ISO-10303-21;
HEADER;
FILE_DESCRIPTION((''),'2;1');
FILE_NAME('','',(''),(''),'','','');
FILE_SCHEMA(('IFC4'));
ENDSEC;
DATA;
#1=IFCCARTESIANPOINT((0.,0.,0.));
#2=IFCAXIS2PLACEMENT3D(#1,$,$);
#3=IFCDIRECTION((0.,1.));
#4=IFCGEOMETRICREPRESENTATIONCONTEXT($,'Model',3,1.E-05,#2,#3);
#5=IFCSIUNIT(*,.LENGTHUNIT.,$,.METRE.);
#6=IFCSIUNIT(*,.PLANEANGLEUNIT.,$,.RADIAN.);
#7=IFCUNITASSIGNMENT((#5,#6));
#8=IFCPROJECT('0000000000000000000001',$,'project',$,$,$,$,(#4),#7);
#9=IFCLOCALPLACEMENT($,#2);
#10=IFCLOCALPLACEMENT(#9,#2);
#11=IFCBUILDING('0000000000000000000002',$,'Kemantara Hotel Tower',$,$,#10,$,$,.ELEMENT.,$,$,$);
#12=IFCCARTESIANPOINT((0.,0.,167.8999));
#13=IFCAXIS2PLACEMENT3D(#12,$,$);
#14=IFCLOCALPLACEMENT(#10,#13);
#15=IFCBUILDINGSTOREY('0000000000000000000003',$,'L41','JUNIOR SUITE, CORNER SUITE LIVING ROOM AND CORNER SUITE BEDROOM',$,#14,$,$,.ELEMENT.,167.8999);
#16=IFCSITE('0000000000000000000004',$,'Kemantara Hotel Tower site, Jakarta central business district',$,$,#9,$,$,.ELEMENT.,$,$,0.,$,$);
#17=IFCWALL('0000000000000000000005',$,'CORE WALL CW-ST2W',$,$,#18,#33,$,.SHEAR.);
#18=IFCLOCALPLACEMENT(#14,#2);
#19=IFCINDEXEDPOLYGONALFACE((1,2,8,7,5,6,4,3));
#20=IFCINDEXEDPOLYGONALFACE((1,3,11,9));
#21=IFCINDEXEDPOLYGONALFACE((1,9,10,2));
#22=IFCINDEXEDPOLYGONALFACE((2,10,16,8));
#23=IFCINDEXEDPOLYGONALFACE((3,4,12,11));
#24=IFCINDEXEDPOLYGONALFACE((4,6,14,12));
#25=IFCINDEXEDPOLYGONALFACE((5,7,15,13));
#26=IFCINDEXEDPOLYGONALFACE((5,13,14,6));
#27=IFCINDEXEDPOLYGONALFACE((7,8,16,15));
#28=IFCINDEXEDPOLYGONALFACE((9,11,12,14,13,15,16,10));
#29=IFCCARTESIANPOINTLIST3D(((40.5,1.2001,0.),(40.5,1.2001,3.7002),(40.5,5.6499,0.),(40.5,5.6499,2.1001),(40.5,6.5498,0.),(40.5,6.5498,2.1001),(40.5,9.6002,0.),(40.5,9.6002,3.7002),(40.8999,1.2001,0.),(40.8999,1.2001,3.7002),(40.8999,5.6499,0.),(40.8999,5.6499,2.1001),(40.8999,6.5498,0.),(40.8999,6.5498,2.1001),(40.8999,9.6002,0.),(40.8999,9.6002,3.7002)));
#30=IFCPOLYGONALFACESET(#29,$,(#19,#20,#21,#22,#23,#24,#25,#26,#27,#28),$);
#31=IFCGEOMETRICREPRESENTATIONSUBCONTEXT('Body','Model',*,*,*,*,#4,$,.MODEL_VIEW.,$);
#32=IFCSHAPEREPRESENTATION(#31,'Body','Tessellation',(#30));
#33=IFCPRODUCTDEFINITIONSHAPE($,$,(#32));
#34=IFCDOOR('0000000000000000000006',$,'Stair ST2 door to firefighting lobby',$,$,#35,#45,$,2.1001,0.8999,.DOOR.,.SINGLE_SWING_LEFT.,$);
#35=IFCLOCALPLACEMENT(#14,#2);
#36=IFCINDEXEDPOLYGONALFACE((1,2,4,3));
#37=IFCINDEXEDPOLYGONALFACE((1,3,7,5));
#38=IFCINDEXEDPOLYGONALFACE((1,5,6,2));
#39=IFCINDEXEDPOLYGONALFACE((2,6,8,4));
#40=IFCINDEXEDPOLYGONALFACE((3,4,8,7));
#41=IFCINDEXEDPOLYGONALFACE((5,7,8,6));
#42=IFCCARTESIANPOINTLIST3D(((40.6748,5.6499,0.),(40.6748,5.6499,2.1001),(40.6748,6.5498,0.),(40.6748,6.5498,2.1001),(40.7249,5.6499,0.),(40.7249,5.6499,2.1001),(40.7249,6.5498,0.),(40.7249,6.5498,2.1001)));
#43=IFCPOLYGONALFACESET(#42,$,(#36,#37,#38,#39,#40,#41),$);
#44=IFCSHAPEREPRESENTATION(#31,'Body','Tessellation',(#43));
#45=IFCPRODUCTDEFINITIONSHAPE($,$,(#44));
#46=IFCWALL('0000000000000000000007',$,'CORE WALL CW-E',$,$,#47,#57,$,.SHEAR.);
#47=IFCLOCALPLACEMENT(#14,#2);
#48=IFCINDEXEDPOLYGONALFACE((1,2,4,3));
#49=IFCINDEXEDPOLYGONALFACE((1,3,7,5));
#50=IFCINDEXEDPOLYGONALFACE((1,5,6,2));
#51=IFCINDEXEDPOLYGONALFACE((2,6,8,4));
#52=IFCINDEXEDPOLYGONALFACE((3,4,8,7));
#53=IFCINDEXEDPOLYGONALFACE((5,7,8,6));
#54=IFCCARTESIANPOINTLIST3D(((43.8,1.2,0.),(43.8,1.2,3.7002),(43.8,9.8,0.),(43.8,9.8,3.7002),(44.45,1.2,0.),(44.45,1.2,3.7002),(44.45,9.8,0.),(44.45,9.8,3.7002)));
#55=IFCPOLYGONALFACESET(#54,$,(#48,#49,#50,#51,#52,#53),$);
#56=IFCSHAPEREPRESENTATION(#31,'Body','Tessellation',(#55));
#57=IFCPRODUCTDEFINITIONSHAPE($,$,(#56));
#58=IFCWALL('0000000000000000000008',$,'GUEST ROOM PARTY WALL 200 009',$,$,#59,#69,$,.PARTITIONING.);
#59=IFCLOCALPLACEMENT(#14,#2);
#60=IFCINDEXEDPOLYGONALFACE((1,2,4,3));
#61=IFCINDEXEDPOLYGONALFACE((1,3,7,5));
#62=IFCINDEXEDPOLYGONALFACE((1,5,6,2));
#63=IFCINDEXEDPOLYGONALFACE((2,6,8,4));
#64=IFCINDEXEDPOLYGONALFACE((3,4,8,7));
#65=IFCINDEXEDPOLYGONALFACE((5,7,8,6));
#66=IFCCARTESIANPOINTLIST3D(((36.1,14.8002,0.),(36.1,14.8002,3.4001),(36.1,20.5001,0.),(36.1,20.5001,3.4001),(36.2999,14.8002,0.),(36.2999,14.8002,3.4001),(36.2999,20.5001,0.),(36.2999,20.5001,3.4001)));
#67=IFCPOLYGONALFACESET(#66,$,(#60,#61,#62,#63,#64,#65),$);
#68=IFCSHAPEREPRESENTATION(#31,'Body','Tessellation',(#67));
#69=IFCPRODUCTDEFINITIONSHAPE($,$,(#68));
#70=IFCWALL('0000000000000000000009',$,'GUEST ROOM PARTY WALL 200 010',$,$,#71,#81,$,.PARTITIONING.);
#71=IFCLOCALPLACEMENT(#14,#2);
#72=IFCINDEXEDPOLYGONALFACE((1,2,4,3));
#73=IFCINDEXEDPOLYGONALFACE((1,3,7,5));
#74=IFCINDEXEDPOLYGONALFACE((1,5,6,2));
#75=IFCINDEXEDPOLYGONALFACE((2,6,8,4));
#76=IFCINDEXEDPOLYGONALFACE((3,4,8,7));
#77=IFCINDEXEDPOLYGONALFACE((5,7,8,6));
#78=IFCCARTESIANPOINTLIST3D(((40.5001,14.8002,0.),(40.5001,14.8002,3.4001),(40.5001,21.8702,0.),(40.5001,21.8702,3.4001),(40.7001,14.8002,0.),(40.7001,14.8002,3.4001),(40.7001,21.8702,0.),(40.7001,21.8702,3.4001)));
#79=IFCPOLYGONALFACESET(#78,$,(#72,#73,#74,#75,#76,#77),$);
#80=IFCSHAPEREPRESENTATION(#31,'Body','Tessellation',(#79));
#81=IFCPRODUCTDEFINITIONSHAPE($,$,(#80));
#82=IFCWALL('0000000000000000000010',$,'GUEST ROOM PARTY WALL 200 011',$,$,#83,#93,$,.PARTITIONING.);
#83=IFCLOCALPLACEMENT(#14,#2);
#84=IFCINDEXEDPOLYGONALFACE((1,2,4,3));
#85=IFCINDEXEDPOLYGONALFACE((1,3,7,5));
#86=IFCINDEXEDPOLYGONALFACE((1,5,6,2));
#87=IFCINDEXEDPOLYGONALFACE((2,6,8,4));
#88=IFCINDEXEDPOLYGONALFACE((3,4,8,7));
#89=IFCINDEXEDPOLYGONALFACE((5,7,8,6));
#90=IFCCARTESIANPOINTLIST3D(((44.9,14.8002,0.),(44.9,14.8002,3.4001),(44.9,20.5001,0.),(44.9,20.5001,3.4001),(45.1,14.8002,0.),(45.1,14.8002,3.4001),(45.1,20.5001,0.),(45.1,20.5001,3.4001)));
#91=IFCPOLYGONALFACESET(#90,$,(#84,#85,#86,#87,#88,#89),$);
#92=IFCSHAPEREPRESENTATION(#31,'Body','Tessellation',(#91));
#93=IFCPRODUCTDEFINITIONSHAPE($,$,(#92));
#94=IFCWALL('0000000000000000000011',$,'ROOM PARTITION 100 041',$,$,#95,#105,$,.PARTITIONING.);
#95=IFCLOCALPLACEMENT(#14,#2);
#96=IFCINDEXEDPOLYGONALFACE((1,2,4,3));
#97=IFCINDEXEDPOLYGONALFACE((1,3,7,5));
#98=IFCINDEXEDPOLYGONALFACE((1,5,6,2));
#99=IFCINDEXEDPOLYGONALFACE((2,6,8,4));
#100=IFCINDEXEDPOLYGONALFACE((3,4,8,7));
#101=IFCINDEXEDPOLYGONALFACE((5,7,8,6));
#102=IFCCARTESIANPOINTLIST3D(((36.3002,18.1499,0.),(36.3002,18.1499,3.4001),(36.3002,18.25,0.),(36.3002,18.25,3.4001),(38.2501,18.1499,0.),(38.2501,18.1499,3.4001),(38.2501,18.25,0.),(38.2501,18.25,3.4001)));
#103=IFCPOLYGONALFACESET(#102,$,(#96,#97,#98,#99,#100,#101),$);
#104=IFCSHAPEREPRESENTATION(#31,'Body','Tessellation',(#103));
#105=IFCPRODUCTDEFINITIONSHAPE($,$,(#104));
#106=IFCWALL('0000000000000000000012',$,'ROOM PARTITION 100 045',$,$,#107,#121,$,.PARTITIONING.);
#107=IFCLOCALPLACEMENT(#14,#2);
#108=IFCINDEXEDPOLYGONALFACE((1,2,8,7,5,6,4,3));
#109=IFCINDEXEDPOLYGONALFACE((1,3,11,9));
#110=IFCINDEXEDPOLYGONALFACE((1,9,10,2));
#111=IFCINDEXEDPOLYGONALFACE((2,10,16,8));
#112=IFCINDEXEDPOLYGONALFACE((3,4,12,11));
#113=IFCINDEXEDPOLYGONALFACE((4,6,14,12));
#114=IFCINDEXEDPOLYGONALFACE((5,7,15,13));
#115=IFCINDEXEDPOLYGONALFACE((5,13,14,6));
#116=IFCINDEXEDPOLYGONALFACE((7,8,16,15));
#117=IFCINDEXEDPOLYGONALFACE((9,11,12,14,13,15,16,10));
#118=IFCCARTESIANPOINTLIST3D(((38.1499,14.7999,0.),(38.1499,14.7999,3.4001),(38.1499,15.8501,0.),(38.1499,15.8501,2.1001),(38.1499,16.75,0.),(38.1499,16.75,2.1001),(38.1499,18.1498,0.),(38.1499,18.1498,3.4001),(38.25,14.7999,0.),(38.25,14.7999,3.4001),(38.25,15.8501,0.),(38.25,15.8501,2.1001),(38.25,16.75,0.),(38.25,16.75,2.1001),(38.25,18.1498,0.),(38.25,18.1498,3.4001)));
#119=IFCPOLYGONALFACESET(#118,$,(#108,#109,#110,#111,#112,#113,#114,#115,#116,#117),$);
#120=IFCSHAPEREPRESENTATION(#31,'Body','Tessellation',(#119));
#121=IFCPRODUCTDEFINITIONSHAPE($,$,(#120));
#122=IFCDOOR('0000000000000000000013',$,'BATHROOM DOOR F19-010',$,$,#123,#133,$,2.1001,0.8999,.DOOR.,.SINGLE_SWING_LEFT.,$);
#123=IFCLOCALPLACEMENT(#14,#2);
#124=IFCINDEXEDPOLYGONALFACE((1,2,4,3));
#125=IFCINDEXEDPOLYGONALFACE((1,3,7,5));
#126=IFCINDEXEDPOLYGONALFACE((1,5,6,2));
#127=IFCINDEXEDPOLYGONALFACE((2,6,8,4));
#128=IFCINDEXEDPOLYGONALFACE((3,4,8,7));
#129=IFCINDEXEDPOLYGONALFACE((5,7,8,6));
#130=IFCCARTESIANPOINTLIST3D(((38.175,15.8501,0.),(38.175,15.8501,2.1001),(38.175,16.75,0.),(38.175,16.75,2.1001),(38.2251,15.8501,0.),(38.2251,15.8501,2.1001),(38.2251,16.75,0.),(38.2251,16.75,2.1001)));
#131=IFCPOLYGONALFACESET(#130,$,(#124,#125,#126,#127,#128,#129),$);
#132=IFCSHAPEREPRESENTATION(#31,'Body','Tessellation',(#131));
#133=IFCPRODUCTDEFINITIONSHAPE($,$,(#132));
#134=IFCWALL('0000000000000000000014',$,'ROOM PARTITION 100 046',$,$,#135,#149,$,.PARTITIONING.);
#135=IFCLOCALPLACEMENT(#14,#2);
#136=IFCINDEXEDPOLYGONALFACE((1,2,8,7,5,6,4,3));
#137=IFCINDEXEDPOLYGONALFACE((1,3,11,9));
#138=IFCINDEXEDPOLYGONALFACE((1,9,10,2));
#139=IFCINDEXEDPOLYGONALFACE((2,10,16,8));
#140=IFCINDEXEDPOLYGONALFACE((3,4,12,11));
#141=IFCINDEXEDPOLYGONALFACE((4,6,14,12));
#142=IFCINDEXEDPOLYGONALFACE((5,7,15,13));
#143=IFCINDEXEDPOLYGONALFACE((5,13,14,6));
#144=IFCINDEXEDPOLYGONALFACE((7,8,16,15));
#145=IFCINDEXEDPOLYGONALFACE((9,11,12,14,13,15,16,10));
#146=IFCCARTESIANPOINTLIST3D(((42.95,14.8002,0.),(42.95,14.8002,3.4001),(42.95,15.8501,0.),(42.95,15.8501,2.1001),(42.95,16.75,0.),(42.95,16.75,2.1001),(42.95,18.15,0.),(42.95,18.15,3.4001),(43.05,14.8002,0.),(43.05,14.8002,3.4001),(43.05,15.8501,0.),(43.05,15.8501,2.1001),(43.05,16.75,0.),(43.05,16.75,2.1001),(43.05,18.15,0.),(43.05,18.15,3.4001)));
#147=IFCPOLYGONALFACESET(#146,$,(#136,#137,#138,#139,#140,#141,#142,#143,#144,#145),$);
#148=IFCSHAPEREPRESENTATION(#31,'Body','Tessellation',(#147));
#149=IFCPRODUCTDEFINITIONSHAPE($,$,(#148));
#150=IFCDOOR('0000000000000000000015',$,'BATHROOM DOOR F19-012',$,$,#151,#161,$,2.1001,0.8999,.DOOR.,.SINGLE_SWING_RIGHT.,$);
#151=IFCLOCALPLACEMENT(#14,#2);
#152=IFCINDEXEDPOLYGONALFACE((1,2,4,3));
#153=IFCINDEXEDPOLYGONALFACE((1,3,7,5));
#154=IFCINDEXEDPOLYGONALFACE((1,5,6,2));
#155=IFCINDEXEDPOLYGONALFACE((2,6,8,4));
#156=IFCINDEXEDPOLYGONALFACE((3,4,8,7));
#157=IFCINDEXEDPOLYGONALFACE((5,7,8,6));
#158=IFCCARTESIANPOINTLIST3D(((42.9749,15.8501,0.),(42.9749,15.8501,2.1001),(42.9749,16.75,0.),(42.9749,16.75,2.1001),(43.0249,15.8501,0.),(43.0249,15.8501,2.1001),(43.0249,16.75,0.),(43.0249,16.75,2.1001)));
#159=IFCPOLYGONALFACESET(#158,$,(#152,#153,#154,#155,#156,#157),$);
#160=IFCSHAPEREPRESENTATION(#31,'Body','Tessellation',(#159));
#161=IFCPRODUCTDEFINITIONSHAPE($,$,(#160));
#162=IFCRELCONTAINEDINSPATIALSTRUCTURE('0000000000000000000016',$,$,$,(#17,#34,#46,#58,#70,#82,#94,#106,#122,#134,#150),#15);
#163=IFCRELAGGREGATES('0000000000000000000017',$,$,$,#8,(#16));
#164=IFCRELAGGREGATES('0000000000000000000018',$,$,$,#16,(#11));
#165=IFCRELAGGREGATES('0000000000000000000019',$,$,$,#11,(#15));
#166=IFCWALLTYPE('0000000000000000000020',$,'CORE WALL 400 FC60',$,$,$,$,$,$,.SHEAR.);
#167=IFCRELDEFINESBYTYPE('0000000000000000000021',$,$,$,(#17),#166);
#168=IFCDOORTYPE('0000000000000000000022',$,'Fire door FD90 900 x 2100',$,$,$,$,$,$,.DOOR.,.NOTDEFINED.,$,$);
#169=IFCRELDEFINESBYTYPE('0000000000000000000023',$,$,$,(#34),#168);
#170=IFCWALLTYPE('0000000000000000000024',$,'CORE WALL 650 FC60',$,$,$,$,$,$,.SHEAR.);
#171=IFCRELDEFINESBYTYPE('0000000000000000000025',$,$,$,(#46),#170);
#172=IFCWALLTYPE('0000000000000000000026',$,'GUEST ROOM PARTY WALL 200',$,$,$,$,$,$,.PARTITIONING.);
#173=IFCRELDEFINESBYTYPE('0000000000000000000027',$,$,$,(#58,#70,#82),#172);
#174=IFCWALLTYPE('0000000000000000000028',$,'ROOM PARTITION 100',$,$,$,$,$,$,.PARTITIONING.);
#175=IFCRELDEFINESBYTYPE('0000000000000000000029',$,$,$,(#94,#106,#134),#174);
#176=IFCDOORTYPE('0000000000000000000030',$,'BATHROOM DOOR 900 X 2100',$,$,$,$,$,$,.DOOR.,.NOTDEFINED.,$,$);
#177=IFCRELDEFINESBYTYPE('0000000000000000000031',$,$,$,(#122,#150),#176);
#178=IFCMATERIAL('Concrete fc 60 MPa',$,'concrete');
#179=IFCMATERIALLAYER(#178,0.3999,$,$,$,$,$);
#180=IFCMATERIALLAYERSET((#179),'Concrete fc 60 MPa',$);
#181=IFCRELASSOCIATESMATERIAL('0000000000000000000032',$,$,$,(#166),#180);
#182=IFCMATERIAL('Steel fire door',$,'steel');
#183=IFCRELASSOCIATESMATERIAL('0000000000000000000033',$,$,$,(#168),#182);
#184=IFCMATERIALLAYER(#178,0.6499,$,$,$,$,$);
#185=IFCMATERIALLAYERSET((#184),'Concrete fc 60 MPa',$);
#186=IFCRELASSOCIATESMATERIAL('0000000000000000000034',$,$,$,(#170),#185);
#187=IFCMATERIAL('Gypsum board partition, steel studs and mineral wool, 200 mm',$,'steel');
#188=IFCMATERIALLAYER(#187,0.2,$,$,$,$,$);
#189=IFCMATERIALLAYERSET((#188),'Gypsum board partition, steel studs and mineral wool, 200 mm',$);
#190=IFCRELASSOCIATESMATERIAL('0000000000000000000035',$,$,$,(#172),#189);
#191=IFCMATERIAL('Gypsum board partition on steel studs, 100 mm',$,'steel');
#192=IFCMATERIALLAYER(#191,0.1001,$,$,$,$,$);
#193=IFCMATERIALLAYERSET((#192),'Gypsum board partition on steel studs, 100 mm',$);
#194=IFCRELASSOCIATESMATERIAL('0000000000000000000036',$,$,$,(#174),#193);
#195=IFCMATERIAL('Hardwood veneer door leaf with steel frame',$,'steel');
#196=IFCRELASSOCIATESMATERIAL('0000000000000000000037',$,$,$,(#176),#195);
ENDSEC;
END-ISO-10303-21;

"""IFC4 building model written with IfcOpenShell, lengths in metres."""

from ifc_helpers import new_model, si_unit, direction, frame, frame_2d, origin, place, context, subcontext, project, spatial, rectangle, extrude, material, layer, layer_set, type_object, element, fill, save


model = new_model("IFC4")

# Units and contexts
model_context = context("Model", 3, precision=1e-05, world=origin(), true_north=direction((0.0, 1.0)))
body_context = subcontext(model_context, "Body", "Model", "MODEL_VIEW")
ifc_project = project(units=[si_unit("LENGTHUNIT", "METRE"), si_unit("PLANEANGLEUNIT", "RADIAN")], contexts=[model_context])

# Site, building, storey
site_placement = place(None, origin())
site = spatial("IfcSite", under=ifc_project, at=site_placement, Name="Kemantara Hotel Tower site, Jakarta central business district", CompositionType="ELEMENT", RefElevation=0.0)
building_placement = place(site_placement, origin())
building = spatial("IfcBuilding", under=site, at=building_placement, Name="Kemantara Hotel Tower", CompositionType="ELEMENT")
storey_placement = place(building_placement, frame((0.0, 0.0, 167.8999)))
storey = spatial("IfcBuildingStorey", under=building, at=storey_placement, Name="L41", Description="JUNIOR SUITE, CORNER SUITE LIVING ROOM AND CORNER SUITE BEDROOM", CompositionType="ELEMENT", Elevation=167.8999)

# Shared definitions
ifc_material_1 = material(Name="Concrete fc 60 MPa", Category="concrete")

# Wall, opening, door
ifc_layer_1 = layer(ifc_material_1, 0.3999)
ifc_layer_set_1 = layer_set([ifc_layer_1], Name="Concrete fc 60 MPa")
wall_type_1 = type_object("IfcWallType", Name="CORE WALL 400 FC60", PredefinedType="SHEAR", material=ifc_layer_set_1)
ifc_material_2 = material(Name="Steel fire door", Category="steel")
wall_1_placement = place(storey_placement, frame((40.7, 1.2, 0.0), z_axis=(0.0, 0.0, 1.0), x_axis=(0.0, 1.0, 0.0)))
wall_1 = element("IfcWall", 1, at=wall_1_placement, inside=storey, type_object=wall_type_1, Name="CORE WALL CW-ST2W", PredefinedType="SHEAR", context=body_context, shape_type="SweptSolid", body=[
    extrude(rectangle(XDim=8.4001, YDim=0.3999, at=frame_2d((4.2002, 0.0))), origin(), (0.0, 0.0, 1.0), 3.7002),
])
opening_1_placement = place(wall_1_placement, frame((4.45, 0.0, 0.0)))
opening_1 = element("IfcOpeningElement", 2, at=opening_1_placement, cuts=wall_1, PredefinedType="OPENING", context=body_context, shape_type="SweptSolid", body=[
    extrude(rectangle(XDim=0.8999, YDim=2.1001, at=frame_2d((0.45, 1.05))), frame((0.0, 0.21, 0.0), z_axis=(0.0, -1.0, 0.0), x_axis=(1.0, 0.0, 0.0)), (0.0, 0.0, 1.0), 0.4199),
])
door_type_1 = type_object("IfcDoorType", Name="Fire door FD90 900 x 2100", OperationType="NOTDEFINED", PredefinedType="DOOR", material=ifc_material_2)
door_1_placement = place(opening_1_placement, frame((0.8999, 0.0, 0.0), z_axis=(0.0, 0.0, 1.0), x_axis=(-1.0, 0.0, 0.0)))
door_1 = element("IfcDoor", 3, at=door_1_placement, inside=storey, type_object=door_type_1, Name="Stair ST2 door to firefighting lobby", OperationType="SINGLE_SWING_LEFT", OverallHeight=2.1001, OverallWidth=0.8999, PredefinedType="DOOR", context=body_context, shape_type="SweptSolid", body=[
    extrude(rectangle(XDim=0.8999, YDim=2.1001, at=frame_2d((0.45, 1.05))), frame((0.0, 0.0249, 0.0), z_axis=(0.0, -1.0, 0.0), x_axis=(1.0, 0.0, 0.0)), (0.0, 0.0, 1.0), 0.05),
])
fill(opening_1, door_1)

# Walls
ifc_layer_2 = layer(ifc_material_1, 0.6499)
ifc_layer_set_2 = layer_set([ifc_layer_2], Name="Concrete fc 60 MPa")
wall_type_2 = type_object("IfcWallType", Name="CORE WALL 650 FC60", PredefinedType="SHEAR", material=ifc_layer_set_2)
wall_2_placement = place(storey_placement, frame((44.125, 1.2, 0.0), z_axis=(0.0, 0.0, 1.0), x_axis=(0.0, 1.0, 0.0)))
element("IfcWall", 4, at=wall_2_placement, inside=storey, type_object=wall_type_2, Name="CORE WALL CW-E", PredefinedType="SHEAR", context=body_context, shape_type="SweptSolid", body=[
    extrude(rectangle(XDim=8.6001, YDim=0.6499, at=frame_2d((4.3, 0.0))), origin(), (0.0, 0.0, 1.0), 3.7002),
])
ifc_material_3 = material(Name="Gypsum board partition, steel studs and mineral wool, 200 mm", Category="steel")
ifc_layer_3 = layer(ifc_material_3, 0.2)
ifc_layer_set_3 = layer_set([ifc_layer_3], Name="Gypsum board partition, steel studs and mineral wool, 200 mm")
wall_type_3 = type_object("IfcWallType", Name="GUEST ROOM PARTY WALL 200", PredefinedType="PARTITIONING", material=ifc_layer_set_3)
wall_3_placement = place(storey_placement, frame((36.2, 14.8, 0.0), z_axis=(0.0, 0.0, 1.0), x_axis=(0.0, 1.0, 0.0)))
element("IfcWall", 5, at=wall_3_placement, inside=storey, type_object=wall_type_3, Name="GUEST ROOM PARTY WALL 200 009", PredefinedType="PARTITIONING", context=body_context, shape_type="SweptSolid", body=[
    extrude(rectangle(XDim=5.7, YDim=0.2, at=frame_2d((2.8501, 0.0))), origin(), (0.0, 0.0, 1.0), 3.4001),
])
wall_4_placement = place(storey_placement, frame((40.6001, 14.8, 0.0), z_axis=(0.0, 0.0, 1.0), x_axis=(0.0, 1.0, 0.0)))
element("IfcWall", 6, at=wall_4_placement, inside=storey, type_object=wall_type_3, Name="GUEST ROOM PARTY WALL 200 010", PredefinedType="PARTITIONING", context=body_context, shape_type="SweptSolid", body=[
    extrude(rectangle(XDim=7.0701, YDim=0.2, at=frame_2d((3.5352, 0.0))), origin(), (0.0, 0.0, 1.0), 3.4001),
])
wall_5_placement = place(storey_placement, frame((45.0, 14.8, 0.0), z_axis=(0.0, 0.0, 1.0), x_axis=(0.0, 1.0, 0.0)))
element("IfcWall", 7, at=wall_5_placement, inside=storey, type_object=wall_type_3, Name="GUEST ROOM PARTY WALL 200 011", PredefinedType="PARTITIONING", context=body_context, shape_type="SweptSolid", body=[
    extrude(rectangle(XDim=5.7, YDim=0.2, at=frame_2d((2.8501, 0.0))), origin(), (0.0, 0.0, 1.0), 3.4001),
])
ifc_material_4 = material(Name="Gypsum board partition on steel studs, 100 mm", Category="steel")
ifc_layer_4 = layer(ifc_material_4, 0.1001)
ifc_layer_set_4 = layer_set([ifc_layer_4], Name="Gypsum board partition on steel studs, 100 mm")
wall_type_4 = type_object("IfcWallType", Name="ROOM PARTITION 100", PredefinedType="PARTITIONING", material=ifc_layer_set_4)
wall_6_placement = place(storey_placement, frame((36.3, 18.2, 0.0), z_axis=(0.0, 0.0, 1.0), x_axis=(1.0, 0.0, 0.0)))
element("IfcWall", 8, at=wall_6_placement, inside=storey, type_object=wall_type_4, Name="ROOM PARTITION 100 041", PredefinedType="PARTITIONING", context=body_context, shape_type="SweptSolid", body=[
    extrude(rectangle(XDim=1.95, YDim=0.1001, at=frame_2d((0.9751, 0.0))), origin(), (0.0, 0.0, 1.0), 3.4001),
])

# Walls, openings, doors
wall_7_placement = place(storey_placement, frame((38.2, 14.8, 0.0), z_axis=(0.0, 0.0, 1.0), x_axis=(0.0, 1.0, 0.0)))
wall_7 = element("IfcWall", 9, at=wall_7_placement, inside=storey, type_object=wall_type_4, Name="ROOM PARTITION 100 045", PredefinedType="PARTITIONING", context=body_context, shape_type="SweptSolid", body=[
    extrude(rectangle(XDim=3.3499, YDim=0.1001, at=frame_2d((1.6748, 0.0))), origin(), (0.0, 0.0, 1.0), 3.4001),
])
opening_2_placement = place(wall_7_placement, frame((1.05, 0.0, 0.0)))
opening_2 = element("IfcOpeningElement", 10, at=opening_2_placement, cuts=wall_7, PredefinedType="OPENING", context=body_context, shape_type="SweptSolid", body=[
    extrude(rectangle(XDim=0.8999, YDim=2.1001, at=frame_2d((0.45, 1.05))), frame((0.0, 0.0601, 0.0), z_axis=(0.0, -1.0, 0.0), x_axis=(1.0, 0.0, 0.0)), (0.0, 0.0, 1.0), 0.1201),
])
ifc_material_5 = material(Name="Hardwood veneer door leaf with steel frame", Category="steel")
door_type_2 = type_object("IfcDoorType", Name="BATHROOM DOOR 900 X 2100", OperationType="NOTDEFINED", PredefinedType="DOOR", material=ifc_material_5)
door_2_placement = place(opening_2_placement, origin())
door_2 = element("IfcDoor", 11, at=door_2_placement, inside=storey, type_object=door_type_2, Name="BATHROOM DOOR F19-010", OperationType="SINGLE_SWING_LEFT", OverallHeight=2.1001, OverallWidth=0.8999, PredefinedType="DOOR", context=body_context, shape_type="SweptSolid", body=[
    extrude(rectangle(XDim=0.8999, YDim=2.1001, at=frame_2d((0.45, 1.05))), frame((0.0, 0.0249, 0.0), z_axis=(0.0, -1.0, 0.0), x_axis=(1.0, 0.0, 0.0)), (0.0, 0.0, 1.0), 0.05),
])
fill(opening_2, door_2)
wall_8_placement = place(storey_placement, frame((43.0, 18.1499, 0.0), z_axis=(0.0, 0.0, 1.0), x_axis=(0.0, -1.0, 0.0)))
wall_8 = element("IfcWall", 12, at=wall_8_placement, inside=storey, type_object=wall_type_4, Name="ROOM PARTITION 100 046", PredefinedType="PARTITIONING", context=body_context, shape_type="SweptSolid", body=[
    extrude(rectangle(XDim=3.3499, YDim=0.1001, at=frame_2d((1.6748, 0.0))), origin(), (0.0, 0.0, 1.0), 3.4001),
])
opening_3_placement = place(wall_8_placement, frame((1.3999, 0.0, 0.0)))
opening_3 = element("IfcOpeningElement", 13, at=opening_3_placement, cuts=wall_8, PredefinedType="OPENING", context=body_context, shape_type="SweptSolid", body=[
    extrude(rectangle(XDim=0.8999, YDim=2.1001, at=frame_2d((0.45, 1.05))), frame((0.0, 0.0601, 0.0), z_axis=(0.0, -1.0, 0.0), x_axis=(1.0, 0.0, 0.0)), (0.0, 0.0, 1.0), 0.1201),
])
door_3_placement = place(opening_3_placement, origin())
door_3 = element("IfcDoor", 14, at=door_3_placement, inside=storey, type_object=door_type_2, Name="BATHROOM DOOR F19-012", OperationType="SINGLE_SWING_RIGHT", OverallHeight=2.1001, OverallWidth=0.8999, PredefinedType="DOOR", context=body_context, shape_type="SweptSolid", body=[
    extrude(rectangle(XDim=0.8999, YDim=2.1001, at=frame_2d((0.45, 1.05))), frame((0.0, 0.0249, 0.0), z_axis=(0.0, -1.0, 0.0), x_axis=(1.0, 0.0, 0.0)), (0.0, 0.0, 1.0), 0.05),
])
fill(opening_3, door_3)

save(model, "model.ifc")
